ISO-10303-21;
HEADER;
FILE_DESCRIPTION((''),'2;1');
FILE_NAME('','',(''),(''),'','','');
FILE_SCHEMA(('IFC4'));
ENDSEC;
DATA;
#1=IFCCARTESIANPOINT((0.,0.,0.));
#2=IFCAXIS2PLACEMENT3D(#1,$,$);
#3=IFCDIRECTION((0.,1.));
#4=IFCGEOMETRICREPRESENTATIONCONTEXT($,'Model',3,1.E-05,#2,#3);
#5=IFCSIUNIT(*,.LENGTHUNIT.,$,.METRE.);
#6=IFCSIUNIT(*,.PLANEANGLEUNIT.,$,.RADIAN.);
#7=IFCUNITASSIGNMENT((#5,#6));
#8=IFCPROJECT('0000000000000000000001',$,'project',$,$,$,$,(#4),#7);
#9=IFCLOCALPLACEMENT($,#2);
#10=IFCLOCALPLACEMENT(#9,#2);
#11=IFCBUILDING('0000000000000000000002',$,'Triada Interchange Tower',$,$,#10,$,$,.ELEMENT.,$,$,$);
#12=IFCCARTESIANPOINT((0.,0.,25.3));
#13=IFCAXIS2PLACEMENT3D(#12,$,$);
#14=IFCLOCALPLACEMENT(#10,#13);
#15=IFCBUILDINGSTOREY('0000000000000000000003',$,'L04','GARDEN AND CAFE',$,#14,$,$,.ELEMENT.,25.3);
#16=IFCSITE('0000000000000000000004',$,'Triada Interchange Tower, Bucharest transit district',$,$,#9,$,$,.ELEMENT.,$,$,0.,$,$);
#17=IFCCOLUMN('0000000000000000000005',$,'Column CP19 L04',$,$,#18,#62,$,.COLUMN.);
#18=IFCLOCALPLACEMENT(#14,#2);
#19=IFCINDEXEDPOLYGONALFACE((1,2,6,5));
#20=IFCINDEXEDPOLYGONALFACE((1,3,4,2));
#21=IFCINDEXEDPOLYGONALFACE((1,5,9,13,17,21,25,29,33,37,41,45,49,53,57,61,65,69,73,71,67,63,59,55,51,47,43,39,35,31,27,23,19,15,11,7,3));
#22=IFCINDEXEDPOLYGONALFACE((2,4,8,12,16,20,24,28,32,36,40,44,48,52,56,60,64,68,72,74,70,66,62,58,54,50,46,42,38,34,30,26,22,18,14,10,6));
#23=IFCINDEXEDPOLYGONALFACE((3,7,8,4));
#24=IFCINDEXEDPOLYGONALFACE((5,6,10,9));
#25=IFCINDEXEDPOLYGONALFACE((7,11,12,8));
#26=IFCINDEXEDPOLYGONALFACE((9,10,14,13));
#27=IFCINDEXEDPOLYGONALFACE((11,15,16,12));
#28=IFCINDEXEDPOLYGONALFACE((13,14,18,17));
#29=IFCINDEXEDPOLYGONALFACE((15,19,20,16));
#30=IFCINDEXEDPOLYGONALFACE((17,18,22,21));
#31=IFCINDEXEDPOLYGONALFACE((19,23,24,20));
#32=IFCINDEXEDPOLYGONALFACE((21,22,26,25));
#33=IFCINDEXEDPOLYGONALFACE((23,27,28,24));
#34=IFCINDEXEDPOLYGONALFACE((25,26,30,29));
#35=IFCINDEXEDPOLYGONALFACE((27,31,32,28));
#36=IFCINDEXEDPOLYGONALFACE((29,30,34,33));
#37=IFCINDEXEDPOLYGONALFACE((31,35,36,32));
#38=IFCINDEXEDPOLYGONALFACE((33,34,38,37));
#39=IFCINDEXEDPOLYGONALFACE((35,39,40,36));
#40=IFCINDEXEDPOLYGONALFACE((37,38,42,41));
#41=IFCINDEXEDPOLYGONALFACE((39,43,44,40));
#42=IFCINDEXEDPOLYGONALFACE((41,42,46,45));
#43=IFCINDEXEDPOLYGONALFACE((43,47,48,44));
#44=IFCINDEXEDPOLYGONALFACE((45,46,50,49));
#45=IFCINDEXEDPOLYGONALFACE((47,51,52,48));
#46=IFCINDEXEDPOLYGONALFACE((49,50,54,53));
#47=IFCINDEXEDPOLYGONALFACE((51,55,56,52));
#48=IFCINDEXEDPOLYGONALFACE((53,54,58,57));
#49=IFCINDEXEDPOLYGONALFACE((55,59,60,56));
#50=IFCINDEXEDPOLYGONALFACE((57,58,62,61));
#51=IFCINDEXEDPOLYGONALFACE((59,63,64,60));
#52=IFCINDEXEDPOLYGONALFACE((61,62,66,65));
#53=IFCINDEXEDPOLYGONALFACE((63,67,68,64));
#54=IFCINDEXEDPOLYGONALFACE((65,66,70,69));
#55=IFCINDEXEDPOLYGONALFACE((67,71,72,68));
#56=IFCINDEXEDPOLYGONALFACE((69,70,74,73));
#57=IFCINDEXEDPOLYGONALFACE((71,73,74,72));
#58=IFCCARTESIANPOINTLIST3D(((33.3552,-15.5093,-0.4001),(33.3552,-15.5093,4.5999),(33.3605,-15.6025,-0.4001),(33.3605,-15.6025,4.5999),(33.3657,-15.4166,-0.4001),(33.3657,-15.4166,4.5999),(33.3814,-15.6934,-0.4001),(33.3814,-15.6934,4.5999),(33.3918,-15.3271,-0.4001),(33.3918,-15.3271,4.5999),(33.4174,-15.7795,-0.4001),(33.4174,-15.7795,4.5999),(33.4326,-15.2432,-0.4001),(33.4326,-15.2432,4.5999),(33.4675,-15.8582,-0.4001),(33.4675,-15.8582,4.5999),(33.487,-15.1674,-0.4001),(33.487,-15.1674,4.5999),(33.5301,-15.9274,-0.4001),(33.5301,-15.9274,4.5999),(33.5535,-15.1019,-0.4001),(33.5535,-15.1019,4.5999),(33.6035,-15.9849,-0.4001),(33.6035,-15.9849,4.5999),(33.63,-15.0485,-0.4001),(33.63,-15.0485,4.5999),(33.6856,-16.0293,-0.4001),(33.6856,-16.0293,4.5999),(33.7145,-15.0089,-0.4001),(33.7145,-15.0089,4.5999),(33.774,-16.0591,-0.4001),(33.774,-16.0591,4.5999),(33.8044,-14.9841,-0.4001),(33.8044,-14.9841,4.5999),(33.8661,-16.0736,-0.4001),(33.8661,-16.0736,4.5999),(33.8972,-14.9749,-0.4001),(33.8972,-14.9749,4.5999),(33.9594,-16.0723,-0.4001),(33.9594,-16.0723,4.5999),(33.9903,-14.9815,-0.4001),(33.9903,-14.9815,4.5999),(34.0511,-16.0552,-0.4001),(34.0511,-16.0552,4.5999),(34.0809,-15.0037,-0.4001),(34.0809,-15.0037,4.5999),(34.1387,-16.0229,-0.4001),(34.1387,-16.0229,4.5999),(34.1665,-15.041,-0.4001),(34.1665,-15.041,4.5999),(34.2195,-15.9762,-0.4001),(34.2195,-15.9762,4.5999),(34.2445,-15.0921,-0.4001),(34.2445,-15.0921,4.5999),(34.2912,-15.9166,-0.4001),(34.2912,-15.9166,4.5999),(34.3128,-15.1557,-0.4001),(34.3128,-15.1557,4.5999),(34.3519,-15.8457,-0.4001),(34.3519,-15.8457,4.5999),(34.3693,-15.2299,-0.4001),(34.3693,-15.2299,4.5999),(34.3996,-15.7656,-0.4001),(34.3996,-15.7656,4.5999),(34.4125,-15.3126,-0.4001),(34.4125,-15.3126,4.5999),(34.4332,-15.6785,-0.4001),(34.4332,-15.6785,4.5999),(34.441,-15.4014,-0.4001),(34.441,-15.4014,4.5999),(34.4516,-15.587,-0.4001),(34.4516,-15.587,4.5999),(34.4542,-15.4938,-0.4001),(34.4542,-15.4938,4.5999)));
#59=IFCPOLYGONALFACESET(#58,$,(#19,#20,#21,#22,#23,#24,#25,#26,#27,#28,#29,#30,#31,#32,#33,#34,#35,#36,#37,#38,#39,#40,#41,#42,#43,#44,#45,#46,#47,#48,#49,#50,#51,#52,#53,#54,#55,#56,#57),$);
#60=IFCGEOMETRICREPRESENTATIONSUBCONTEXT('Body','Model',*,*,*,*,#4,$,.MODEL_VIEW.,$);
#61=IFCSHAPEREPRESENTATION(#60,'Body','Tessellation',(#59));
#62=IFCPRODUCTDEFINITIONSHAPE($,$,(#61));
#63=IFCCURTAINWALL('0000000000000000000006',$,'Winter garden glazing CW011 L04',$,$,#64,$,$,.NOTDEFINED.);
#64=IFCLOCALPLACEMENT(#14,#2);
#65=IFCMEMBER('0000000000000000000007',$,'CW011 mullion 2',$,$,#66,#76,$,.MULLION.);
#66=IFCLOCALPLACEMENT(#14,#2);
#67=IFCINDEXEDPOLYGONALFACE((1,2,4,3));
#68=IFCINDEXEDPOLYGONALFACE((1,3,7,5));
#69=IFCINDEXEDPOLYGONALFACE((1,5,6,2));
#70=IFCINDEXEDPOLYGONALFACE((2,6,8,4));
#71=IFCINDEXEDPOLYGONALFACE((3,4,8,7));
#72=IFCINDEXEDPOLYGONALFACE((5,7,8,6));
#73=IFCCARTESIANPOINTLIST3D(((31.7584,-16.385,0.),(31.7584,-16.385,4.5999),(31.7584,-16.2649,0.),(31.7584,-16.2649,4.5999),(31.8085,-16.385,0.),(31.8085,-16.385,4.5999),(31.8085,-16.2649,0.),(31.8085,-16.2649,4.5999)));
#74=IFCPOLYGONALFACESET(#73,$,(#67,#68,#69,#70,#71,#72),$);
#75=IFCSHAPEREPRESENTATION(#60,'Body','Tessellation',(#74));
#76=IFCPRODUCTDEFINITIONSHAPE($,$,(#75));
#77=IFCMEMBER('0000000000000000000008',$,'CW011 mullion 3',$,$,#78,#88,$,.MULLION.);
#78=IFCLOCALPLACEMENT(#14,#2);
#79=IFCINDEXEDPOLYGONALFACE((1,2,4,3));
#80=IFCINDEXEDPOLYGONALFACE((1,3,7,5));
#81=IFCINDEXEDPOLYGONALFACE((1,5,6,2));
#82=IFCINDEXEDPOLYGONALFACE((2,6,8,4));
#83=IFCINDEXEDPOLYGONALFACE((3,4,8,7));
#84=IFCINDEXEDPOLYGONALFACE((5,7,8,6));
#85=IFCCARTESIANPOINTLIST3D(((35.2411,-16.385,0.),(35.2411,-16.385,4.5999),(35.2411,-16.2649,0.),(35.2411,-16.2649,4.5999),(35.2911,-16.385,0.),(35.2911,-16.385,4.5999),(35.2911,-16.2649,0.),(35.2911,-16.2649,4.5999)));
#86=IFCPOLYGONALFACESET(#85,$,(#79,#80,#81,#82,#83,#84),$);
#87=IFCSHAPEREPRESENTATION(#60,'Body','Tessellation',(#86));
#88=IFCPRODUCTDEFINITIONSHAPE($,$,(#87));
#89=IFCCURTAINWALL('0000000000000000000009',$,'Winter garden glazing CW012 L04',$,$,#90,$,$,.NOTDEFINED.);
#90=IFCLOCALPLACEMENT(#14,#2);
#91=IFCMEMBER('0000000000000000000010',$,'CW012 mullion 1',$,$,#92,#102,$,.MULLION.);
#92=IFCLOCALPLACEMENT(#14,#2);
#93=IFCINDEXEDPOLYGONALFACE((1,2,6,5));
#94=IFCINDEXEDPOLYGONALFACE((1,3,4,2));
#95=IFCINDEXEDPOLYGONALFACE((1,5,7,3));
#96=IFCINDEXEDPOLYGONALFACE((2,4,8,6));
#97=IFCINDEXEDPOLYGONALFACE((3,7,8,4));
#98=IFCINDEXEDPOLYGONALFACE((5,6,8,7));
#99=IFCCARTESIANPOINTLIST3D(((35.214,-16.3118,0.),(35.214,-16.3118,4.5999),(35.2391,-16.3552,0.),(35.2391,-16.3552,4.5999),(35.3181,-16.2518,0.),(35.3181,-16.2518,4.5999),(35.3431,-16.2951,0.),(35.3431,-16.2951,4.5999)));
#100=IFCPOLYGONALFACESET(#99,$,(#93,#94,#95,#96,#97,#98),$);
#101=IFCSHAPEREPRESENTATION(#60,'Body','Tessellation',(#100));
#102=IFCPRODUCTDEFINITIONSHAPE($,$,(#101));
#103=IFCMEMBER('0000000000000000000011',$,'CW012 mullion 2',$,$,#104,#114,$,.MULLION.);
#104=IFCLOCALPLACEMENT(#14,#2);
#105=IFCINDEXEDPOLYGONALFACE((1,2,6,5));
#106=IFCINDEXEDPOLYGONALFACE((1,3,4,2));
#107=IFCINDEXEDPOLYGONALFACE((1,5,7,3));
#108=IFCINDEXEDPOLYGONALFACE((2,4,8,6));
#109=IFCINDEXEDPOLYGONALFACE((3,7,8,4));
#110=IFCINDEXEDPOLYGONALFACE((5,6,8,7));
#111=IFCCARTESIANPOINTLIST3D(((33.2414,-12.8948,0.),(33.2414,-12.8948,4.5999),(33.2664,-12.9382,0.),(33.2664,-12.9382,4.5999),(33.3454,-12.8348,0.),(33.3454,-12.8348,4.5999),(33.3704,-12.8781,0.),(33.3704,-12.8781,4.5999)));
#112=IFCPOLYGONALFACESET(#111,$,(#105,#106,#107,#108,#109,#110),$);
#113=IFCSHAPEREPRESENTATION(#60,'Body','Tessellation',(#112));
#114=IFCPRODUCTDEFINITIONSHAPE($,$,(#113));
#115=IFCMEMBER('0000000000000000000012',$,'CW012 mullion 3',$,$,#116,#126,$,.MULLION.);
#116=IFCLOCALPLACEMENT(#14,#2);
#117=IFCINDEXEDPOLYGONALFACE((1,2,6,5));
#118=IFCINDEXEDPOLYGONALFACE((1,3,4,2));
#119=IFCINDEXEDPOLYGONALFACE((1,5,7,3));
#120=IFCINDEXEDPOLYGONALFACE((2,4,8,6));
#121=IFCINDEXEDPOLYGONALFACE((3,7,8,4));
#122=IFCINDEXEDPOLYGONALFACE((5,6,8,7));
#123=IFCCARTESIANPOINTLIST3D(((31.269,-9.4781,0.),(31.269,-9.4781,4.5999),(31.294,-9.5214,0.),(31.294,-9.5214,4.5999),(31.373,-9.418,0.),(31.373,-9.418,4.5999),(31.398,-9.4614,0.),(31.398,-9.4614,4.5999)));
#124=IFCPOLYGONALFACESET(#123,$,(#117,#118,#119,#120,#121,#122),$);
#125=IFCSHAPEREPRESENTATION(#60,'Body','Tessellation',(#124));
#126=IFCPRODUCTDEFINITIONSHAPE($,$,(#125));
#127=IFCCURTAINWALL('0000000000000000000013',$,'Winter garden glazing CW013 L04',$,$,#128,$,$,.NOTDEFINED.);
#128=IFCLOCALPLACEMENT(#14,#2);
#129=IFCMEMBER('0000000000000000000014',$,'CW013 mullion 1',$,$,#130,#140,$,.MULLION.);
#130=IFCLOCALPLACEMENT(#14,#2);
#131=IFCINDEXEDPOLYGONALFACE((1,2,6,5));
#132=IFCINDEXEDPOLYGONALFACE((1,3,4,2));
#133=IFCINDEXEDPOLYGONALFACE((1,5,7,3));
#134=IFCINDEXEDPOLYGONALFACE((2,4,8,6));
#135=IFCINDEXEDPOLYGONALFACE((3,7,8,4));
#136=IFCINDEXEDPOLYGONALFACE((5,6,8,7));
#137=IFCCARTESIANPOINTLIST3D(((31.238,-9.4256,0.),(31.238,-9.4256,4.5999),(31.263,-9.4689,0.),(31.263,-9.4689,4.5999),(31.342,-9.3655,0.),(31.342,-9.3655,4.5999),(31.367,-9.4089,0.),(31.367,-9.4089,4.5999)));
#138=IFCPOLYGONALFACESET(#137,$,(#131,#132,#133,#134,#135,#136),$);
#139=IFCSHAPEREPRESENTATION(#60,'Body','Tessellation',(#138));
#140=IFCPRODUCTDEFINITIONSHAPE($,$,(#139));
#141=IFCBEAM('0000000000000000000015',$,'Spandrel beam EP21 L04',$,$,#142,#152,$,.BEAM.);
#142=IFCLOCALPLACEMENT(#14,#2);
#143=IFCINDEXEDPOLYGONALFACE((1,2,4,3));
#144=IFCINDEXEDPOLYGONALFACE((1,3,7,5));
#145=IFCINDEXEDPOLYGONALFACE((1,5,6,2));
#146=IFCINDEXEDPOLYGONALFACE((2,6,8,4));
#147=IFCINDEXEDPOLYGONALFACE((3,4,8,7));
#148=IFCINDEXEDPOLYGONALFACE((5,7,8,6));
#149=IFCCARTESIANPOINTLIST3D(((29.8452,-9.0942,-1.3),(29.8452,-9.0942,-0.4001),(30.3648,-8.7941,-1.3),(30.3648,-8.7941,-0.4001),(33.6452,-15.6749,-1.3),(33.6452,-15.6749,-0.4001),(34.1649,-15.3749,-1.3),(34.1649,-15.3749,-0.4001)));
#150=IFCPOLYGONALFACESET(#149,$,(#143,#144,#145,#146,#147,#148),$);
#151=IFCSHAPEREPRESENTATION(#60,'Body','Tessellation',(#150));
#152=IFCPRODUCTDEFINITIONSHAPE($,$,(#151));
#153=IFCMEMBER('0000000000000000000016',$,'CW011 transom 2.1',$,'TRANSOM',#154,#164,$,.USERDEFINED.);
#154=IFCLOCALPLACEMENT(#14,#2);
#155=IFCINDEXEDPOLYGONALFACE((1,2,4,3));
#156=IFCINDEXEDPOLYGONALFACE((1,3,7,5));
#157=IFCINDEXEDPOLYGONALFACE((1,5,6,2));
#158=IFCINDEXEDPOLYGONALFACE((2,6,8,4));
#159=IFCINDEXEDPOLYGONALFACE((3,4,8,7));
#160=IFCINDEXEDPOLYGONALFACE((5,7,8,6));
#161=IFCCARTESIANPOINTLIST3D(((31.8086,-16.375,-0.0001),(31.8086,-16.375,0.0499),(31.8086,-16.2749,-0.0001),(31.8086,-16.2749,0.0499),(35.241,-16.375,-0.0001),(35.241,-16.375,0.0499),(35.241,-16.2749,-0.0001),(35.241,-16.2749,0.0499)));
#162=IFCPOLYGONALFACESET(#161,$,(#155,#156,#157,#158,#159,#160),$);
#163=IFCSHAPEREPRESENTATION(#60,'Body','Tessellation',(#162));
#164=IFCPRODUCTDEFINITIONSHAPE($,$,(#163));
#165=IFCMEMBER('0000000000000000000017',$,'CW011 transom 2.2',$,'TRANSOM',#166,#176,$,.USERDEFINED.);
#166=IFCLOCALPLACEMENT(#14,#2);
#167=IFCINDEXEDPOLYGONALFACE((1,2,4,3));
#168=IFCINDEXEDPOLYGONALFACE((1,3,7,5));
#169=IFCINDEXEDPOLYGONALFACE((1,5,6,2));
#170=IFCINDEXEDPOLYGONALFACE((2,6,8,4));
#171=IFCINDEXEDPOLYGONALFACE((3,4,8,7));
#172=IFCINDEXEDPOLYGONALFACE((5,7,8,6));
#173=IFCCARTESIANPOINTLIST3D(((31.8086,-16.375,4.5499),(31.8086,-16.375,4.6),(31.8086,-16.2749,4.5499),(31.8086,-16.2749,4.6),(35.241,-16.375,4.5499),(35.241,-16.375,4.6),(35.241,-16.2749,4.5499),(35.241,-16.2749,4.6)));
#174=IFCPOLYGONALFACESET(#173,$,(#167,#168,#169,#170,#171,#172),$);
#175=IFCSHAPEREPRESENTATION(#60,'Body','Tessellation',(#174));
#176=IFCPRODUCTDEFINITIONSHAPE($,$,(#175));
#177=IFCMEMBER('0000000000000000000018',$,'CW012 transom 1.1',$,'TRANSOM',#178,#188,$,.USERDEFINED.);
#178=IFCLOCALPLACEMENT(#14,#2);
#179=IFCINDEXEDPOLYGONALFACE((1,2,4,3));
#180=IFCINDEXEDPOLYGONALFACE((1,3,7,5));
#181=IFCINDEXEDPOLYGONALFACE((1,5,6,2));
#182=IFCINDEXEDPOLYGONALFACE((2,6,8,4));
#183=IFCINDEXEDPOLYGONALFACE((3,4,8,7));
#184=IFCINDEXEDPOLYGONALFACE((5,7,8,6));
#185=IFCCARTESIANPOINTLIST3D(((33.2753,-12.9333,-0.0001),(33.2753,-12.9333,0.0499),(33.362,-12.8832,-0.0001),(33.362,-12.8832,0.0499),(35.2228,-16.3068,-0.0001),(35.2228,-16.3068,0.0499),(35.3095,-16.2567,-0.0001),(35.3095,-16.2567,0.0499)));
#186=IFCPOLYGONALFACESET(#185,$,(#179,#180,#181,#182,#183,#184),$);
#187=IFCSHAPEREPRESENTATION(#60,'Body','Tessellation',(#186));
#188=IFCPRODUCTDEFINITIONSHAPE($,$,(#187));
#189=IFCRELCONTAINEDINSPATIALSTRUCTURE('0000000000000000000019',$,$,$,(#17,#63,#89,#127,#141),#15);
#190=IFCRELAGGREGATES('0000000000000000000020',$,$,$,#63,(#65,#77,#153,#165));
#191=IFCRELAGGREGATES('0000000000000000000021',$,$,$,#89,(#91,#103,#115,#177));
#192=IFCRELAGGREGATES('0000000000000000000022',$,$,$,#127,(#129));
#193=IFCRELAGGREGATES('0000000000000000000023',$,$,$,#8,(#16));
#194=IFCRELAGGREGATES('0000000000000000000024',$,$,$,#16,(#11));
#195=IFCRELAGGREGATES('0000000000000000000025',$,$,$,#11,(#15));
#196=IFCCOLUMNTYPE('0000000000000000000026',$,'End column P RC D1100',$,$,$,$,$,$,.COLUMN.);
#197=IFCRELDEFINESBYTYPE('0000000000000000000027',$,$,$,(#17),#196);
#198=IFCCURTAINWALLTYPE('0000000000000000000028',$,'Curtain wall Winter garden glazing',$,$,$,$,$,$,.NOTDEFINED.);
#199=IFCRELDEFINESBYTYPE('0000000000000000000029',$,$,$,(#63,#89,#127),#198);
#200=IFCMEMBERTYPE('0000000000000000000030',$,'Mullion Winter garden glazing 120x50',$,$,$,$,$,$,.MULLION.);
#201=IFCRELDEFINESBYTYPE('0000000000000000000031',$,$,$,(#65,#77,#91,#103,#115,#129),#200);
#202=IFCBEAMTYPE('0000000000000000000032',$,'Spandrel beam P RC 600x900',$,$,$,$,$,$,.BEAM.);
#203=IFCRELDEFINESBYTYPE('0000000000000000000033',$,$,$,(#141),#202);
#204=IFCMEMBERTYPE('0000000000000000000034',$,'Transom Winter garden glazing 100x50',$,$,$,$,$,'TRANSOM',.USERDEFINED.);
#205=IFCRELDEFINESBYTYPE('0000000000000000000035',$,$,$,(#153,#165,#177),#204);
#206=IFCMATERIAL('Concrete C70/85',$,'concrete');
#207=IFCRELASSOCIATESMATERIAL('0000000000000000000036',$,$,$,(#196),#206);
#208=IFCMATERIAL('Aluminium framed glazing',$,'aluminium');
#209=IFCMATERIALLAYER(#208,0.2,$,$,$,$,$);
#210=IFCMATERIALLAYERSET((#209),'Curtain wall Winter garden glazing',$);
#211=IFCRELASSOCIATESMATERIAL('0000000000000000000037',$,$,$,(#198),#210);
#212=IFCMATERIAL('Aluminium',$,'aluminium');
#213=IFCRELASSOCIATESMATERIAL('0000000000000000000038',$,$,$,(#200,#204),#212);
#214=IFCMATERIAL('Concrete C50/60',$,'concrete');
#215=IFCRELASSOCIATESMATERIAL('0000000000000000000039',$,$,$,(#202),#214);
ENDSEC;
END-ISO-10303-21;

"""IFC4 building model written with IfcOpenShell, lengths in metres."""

from ifc_helpers import new_model, si_unit, direction, frame, origin, origin_2d, place, context, subcontext, project, spatial, rectangle, circle, extrude, material, layer, layer_set, material_profile, profile_set, type_object, element, aggregate, save


model = new_model("IFC4")

# Units and contexts
model_context = context("Model", 3, precision=1e-05, world=origin(), true_north=direction((0.0, 1.0)))
body_context = subcontext(model_context, "Body", "Model", "MODEL_VIEW")
ifc_project = project(units=[si_unit("LENGTHUNIT", "METRE"), si_unit("PLANEANGLEUNIT", "RADIAN")], contexts=[model_context])

# Site, building, storey
site_placement = place(None, origin())
site = spatial("IfcSite", under=ifc_project, at=site_placement, Name="Triada Interchange Tower, Bucharest transit district", CompositionType="ELEMENT", RefElevation=0.0)
building_placement = place(site_placement, origin())
building = spatial("IfcBuilding", under=site, at=building_placement, Name="Triada Interchange Tower", CompositionType="ELEMENT")
storey_placement = place(building_placement, frame((0.0, 0.0, 25.3)))
storey = spatial("IfcBuildingStorey", under=building, at=storey_placement, Name="L04", Description="GARDEN AND CAFE", CompositionType="ELEMENT", Elevation=25.3)

# Column
ifc_material_1 = material(Name="Concrete C70/85", Category="concrete")
ifc_material_profile_1 = material_profile(ifc_material_1, circle(Radius=0.55, at=origin_2d()), Name="RC D1100")
ifc_profile_set_1 = profile_set([ifc_material_profile_1], Name="Concrete C70/85")
column_type = type_object("IfcColumnType", Name="End column P RC D1100", PredefinedType="COLUMN", material=ifc_profile_set_1)
column_placement = place(storey_placement, frame((33.905, -15.5249, -0.4001), z_axis=(0.0, 0.0, 1.0), x_axis=(-0.5, 0.866025, 0.0)))
element("IfcColumn", 1, at=column_placement, inside=storey, type_object=column_type, Name="Column CP19 L04", PredefinedType="COLUMN", context=body_context, shape_type="SweptSolid", body=[
    extrude(circle(Radius=0.55, at=origin_2d()), origin(), (0.0, 0.0, 1.0), 5.0),
])

# Curtain walls, members
ifc_material_2 = material(Name="Aluminium framed glazing", Category="aluminium")
ifc_layer_1 = layer(ifc_material_2, 0.2)
ifc_layer_set_1 = layer_set([ifc_layer_1], Name="Curtain wall Winter garden glazing")
curtain_wall_type = type_object("IfcCurtainWallType", Name="Curtain wall Winter garden glazing", PredefinedType="NOTDEFINED", material=ifc_layer_set_1)
curtain_wall_1_placement = place(storey_placement, origin())
curtain_wall_1 = element("IfcCurtainWall", 2, at=curtain_wall_1_placement, inside=storey, type_object=curtain_wall_type, Name="Winter garden glazing CW011 L04", PredefinedType="NOTDEFINED")
ifc_material_3 = material(Name="Aluminium", Category="aluminium")
ifc_material_profile_2 = material_profile(ifc_material_3, rectangle(XDim=0.1201, YDim=0.05, at=origin_2d()), Name="Aluminium mullion")
ifc_profile_set_2 = profile_set([ifc_material_profile_2], Name="Aluminium")
member_type_1 = type_object("IfcMemberType", Name="Mullion Winter garden glazing 120x50", PredefinedType="MULLION", material=ifc_profile_set_2)
member_1_placement = place(storey_placement, frame((31.7834, -16.325, 0.0), z_axis=(0.0, 0.0, 1.0), x_axis=(0.0, 1.0, 0.0)))
member_1 = element("IfcMember", 3, at=member_1_placement, type_object=member_type_1, Name="CW011 mullion 2", PredefinedType="MULLION", context=body_context, shape_type="SweptSolid", body=[
    extrude(rectangle(XDim=0.1201, YDim=0.05, at=origin_2d()), origin(), (0.0, 0.0, 1.0), 4.5999),
])
member_2_placement = place(storey_placement, frame((35.2661, -16.325, 0.0), z_axis=(0.0, 0.0, 1.0), x_axis=(0.0, 1.0, 0.0)))
member_2 = element("IfcMember", 4, at=member_2_placement, type_object=member_type_1, Name="CW011 mullion 3", PredefinedType="MULLION", context=body_context, shape_type="SweptSolid", body=[
    extrude(rectangle(XDim=0.1201, YDim=0.05, at=origin_2d()), origin(), (0.0, 0.0, 1.0), 4.5999),
])
curtain_wall_2_placement = place(storey_placement, origin())
curtain_wall_2 = element("IfcCurtainWall", 5, at=curtain_wall_2_placement, inside=storey, type_object=curtain_wall_type, Name="Winter garden glazing CW012 L04", PredefinedType="NOTDEFINED")
member_3_placement = place(storey_placement, frame((35.2786, -16.3035, 0.0), z_axis=(0.0, 0.0, 1.0), x_axis=(-0.866049, -0.499959, 0.0)))
member_3 = element("IfcMember", 6, at=member_3_placement, type_object=member_type_1, Name="CW012 mullion 1", PredefinedType="MULLION", context=body_context, shape_type="SweptSolid", body=[
    extrude(rectangle(XDim=0.1201, YDim=0.05, at=origin_2d()), origin(), (0.0, 0.0, 1.0), 4.5999),
])
member_4_placement = place(storey_placement, frame((33.3059, -12.8865, 0.0), z_axis=(0.0, 0.0, 1.0), x_axis=(-0.866049, -0.499959, 0.0)))
member_4 = element("IfcMember", 7, at=member_4_placement, type_object=member_type_1, Name="CW012 mullion 2", PredefinedType="MULLION", context=body_context, shape_type="SweptSolid", body=[
    extrude(rectangle(XDim=0.1201, YDim=0.05, at=origin_2d()), origin(), (0.0, 0.0, 1.0), 4.5999),
])
member_5_placement = place(storey_placement, frame((31.3335, -9.4697, 0.0), z_axis=(0.0, 0.0, 1.0), x_axis=(-0.866049, -0.499959, 0.0)))
member_5 = element("IfcMember", 8, at=member_5_placement, type_object=member_type_1, Name="CW012 mullion 3", PredefinedType="MULLION", context=body_context, shape_type="SweptSolid", body=[
    extrude(rectangle(XDim=0.1201, YDim=0.05, at=origin_2d()), origin(), (0.0, 0.0, 1.0), 4.5999),
])

# Curtain wall, member
curtain_wall_3_placement = place(storey_placement, origin())
curtain_wall_3 = element("IfcCurtainWall", 9, at=curtain_wall_3_placement, inside=storey, type_object=curtain_wall_type, Name="Winter garden glazing CW013 L04", PredefinedType="NOTDEFINED")
member_6_placement = place(storey_placement, frame((31.3025, -9.4172, 0.0), z_axis=(0.0, 0.0, 1.0), x_axis=(-0.866055, -0.499948, 0.0)))
member_6 = element("IfcMember", 10, at=member_6_placement, type_object=member_type_1, Name="CW013 mullion 1", PredefinedType="MULLION", context=body_context, shape_type="SweptSolid", body=[
    extrude(rectangle(XDim=0.1201, YDim=0.05, at=origin_2d()), origin(), (0.0, 0.0, 1.0), 4.5999),
])

# Beam
ifc_material_4 = material(Name="Concrete C50/60", Category="concrete")
ifc_material_profile_3 = material_profile(ifc_material_4, rectangle(XDim=0.6001, YDim=0.8999, at=origin_2d()), Name="RC 600x900")
ifc_profile_set_3 = profile_set([ifc_material_profile_3], Name="Concrete C50/60")
beam_type_1 = type_object("IfcBeamType", Name="Spandrel beam P RC 600x900", PredefinedType="BEAM", material=ifc_profile_set_3)
beam_1_placement = place(storey_placement, frame((33.905, -15.5249, -0.8501), z_axis=(-0.500061, 0.86599, 0.0), x_axis=(-0.86599, -0.500061, 0.0)))
element("IfcBeam", 11, at=beam_1_placement, inside=storey, type_object=beam_type_1, Name="Spandrel beam EP21 L04", PredefinedType="BEAM", context=body_context, shape_type="SweptSolid", body=[
    extrude(rectangle(XDim=0.6001, YDim=0.8999, at=origin_2d()), origin(), (0.0, 0.0, 1.0), 7.5991),
])

# Members
ifc_material_profile_4 = material_profile(ifc_material_3, rectangle(XDim=0.1001, YDim=0.05, at=origin_2d()), Name="Aluminium transom")
ifc_profile_set_4 = profile_set([ifc_material_profile_4], Name="Aluminium")
member_type_2 = type_object("IfcMemberType", Name="Transom Winter garden glazing 100x50", ElementType="TRANSOM", PredefinedType="USERDEFINED", material=ifc_profile_set_4)
member_7_placement = place(storey_placement, frame((31.8086, -16.325, 0.0249), z_axis=(1.0, 0.0, 0.0), x_axis=(0.0, 1.0, 0.0)))
member_7 = element("IfcMember", 12, at=member_7_placement, type_object=member_type_2, Name="CW011 transom 2.1", ObjectType="TRANSOM", PredefinedType="USERDEFINED", context=body_context, shape_type="SweptSolid", body=[
    extrude(rectangle(XDim=0.1001, YDim=0.05, at=origin_2d()), origin(), (0.0, 0.0, 1.0), 3.4324),
])
member_8_placement = place(storey_placement, frame((31.8086, -16.325, 4.575), z_axis=(1.0, 0.0, 0.0), x_axis=(0.0, 1.0, 0.0)))
member_8 = element("IfcMember", 13, at=member_8_placement, type_object=member_type_2, Name="CW011 transom 2.2", ObjectType="TRANSOM", PredefinedType="USERDEFINED", context=body_context, shape_type="SweptSolid", body=[
    extrude(rectangle(XDim=0.1001, YDim=0.05, at=origin_2d()), origin(), (0.0, 0.0, 1.0), 3.4324),
])
member_9_placement = place(storey_placement, frame((35.2661, -16.2817, 0.0249), z_axis=(-0.499961, 0.866048, 0.0), x_axis=(-0.866048, -0.499961, 0.0)))
member_9 = element("IfcMember", 14, at=member_9_placement, type_object=member_type_2, Name="CW012 transom 1.1", ObjectType="TRANSOM", PredefinedType="USERDEFINED", context=body_context, shape_type="SweptSolid", body=[
    extrude(rectangle(XDim=0.1001, YDim=0.05, at=origin_2d()), origin(), (0.0, 0.0, 1.0), 3.8953),
])

aggregate(curtain_wall_1, [member_1, member_2, member_7, member_8])
aggregate(curtain_wall_2, [member_3, member_4, member_5, member_9])
aggregate(curtain_wall_3, [member_6])

save(model, "model.ifc")
